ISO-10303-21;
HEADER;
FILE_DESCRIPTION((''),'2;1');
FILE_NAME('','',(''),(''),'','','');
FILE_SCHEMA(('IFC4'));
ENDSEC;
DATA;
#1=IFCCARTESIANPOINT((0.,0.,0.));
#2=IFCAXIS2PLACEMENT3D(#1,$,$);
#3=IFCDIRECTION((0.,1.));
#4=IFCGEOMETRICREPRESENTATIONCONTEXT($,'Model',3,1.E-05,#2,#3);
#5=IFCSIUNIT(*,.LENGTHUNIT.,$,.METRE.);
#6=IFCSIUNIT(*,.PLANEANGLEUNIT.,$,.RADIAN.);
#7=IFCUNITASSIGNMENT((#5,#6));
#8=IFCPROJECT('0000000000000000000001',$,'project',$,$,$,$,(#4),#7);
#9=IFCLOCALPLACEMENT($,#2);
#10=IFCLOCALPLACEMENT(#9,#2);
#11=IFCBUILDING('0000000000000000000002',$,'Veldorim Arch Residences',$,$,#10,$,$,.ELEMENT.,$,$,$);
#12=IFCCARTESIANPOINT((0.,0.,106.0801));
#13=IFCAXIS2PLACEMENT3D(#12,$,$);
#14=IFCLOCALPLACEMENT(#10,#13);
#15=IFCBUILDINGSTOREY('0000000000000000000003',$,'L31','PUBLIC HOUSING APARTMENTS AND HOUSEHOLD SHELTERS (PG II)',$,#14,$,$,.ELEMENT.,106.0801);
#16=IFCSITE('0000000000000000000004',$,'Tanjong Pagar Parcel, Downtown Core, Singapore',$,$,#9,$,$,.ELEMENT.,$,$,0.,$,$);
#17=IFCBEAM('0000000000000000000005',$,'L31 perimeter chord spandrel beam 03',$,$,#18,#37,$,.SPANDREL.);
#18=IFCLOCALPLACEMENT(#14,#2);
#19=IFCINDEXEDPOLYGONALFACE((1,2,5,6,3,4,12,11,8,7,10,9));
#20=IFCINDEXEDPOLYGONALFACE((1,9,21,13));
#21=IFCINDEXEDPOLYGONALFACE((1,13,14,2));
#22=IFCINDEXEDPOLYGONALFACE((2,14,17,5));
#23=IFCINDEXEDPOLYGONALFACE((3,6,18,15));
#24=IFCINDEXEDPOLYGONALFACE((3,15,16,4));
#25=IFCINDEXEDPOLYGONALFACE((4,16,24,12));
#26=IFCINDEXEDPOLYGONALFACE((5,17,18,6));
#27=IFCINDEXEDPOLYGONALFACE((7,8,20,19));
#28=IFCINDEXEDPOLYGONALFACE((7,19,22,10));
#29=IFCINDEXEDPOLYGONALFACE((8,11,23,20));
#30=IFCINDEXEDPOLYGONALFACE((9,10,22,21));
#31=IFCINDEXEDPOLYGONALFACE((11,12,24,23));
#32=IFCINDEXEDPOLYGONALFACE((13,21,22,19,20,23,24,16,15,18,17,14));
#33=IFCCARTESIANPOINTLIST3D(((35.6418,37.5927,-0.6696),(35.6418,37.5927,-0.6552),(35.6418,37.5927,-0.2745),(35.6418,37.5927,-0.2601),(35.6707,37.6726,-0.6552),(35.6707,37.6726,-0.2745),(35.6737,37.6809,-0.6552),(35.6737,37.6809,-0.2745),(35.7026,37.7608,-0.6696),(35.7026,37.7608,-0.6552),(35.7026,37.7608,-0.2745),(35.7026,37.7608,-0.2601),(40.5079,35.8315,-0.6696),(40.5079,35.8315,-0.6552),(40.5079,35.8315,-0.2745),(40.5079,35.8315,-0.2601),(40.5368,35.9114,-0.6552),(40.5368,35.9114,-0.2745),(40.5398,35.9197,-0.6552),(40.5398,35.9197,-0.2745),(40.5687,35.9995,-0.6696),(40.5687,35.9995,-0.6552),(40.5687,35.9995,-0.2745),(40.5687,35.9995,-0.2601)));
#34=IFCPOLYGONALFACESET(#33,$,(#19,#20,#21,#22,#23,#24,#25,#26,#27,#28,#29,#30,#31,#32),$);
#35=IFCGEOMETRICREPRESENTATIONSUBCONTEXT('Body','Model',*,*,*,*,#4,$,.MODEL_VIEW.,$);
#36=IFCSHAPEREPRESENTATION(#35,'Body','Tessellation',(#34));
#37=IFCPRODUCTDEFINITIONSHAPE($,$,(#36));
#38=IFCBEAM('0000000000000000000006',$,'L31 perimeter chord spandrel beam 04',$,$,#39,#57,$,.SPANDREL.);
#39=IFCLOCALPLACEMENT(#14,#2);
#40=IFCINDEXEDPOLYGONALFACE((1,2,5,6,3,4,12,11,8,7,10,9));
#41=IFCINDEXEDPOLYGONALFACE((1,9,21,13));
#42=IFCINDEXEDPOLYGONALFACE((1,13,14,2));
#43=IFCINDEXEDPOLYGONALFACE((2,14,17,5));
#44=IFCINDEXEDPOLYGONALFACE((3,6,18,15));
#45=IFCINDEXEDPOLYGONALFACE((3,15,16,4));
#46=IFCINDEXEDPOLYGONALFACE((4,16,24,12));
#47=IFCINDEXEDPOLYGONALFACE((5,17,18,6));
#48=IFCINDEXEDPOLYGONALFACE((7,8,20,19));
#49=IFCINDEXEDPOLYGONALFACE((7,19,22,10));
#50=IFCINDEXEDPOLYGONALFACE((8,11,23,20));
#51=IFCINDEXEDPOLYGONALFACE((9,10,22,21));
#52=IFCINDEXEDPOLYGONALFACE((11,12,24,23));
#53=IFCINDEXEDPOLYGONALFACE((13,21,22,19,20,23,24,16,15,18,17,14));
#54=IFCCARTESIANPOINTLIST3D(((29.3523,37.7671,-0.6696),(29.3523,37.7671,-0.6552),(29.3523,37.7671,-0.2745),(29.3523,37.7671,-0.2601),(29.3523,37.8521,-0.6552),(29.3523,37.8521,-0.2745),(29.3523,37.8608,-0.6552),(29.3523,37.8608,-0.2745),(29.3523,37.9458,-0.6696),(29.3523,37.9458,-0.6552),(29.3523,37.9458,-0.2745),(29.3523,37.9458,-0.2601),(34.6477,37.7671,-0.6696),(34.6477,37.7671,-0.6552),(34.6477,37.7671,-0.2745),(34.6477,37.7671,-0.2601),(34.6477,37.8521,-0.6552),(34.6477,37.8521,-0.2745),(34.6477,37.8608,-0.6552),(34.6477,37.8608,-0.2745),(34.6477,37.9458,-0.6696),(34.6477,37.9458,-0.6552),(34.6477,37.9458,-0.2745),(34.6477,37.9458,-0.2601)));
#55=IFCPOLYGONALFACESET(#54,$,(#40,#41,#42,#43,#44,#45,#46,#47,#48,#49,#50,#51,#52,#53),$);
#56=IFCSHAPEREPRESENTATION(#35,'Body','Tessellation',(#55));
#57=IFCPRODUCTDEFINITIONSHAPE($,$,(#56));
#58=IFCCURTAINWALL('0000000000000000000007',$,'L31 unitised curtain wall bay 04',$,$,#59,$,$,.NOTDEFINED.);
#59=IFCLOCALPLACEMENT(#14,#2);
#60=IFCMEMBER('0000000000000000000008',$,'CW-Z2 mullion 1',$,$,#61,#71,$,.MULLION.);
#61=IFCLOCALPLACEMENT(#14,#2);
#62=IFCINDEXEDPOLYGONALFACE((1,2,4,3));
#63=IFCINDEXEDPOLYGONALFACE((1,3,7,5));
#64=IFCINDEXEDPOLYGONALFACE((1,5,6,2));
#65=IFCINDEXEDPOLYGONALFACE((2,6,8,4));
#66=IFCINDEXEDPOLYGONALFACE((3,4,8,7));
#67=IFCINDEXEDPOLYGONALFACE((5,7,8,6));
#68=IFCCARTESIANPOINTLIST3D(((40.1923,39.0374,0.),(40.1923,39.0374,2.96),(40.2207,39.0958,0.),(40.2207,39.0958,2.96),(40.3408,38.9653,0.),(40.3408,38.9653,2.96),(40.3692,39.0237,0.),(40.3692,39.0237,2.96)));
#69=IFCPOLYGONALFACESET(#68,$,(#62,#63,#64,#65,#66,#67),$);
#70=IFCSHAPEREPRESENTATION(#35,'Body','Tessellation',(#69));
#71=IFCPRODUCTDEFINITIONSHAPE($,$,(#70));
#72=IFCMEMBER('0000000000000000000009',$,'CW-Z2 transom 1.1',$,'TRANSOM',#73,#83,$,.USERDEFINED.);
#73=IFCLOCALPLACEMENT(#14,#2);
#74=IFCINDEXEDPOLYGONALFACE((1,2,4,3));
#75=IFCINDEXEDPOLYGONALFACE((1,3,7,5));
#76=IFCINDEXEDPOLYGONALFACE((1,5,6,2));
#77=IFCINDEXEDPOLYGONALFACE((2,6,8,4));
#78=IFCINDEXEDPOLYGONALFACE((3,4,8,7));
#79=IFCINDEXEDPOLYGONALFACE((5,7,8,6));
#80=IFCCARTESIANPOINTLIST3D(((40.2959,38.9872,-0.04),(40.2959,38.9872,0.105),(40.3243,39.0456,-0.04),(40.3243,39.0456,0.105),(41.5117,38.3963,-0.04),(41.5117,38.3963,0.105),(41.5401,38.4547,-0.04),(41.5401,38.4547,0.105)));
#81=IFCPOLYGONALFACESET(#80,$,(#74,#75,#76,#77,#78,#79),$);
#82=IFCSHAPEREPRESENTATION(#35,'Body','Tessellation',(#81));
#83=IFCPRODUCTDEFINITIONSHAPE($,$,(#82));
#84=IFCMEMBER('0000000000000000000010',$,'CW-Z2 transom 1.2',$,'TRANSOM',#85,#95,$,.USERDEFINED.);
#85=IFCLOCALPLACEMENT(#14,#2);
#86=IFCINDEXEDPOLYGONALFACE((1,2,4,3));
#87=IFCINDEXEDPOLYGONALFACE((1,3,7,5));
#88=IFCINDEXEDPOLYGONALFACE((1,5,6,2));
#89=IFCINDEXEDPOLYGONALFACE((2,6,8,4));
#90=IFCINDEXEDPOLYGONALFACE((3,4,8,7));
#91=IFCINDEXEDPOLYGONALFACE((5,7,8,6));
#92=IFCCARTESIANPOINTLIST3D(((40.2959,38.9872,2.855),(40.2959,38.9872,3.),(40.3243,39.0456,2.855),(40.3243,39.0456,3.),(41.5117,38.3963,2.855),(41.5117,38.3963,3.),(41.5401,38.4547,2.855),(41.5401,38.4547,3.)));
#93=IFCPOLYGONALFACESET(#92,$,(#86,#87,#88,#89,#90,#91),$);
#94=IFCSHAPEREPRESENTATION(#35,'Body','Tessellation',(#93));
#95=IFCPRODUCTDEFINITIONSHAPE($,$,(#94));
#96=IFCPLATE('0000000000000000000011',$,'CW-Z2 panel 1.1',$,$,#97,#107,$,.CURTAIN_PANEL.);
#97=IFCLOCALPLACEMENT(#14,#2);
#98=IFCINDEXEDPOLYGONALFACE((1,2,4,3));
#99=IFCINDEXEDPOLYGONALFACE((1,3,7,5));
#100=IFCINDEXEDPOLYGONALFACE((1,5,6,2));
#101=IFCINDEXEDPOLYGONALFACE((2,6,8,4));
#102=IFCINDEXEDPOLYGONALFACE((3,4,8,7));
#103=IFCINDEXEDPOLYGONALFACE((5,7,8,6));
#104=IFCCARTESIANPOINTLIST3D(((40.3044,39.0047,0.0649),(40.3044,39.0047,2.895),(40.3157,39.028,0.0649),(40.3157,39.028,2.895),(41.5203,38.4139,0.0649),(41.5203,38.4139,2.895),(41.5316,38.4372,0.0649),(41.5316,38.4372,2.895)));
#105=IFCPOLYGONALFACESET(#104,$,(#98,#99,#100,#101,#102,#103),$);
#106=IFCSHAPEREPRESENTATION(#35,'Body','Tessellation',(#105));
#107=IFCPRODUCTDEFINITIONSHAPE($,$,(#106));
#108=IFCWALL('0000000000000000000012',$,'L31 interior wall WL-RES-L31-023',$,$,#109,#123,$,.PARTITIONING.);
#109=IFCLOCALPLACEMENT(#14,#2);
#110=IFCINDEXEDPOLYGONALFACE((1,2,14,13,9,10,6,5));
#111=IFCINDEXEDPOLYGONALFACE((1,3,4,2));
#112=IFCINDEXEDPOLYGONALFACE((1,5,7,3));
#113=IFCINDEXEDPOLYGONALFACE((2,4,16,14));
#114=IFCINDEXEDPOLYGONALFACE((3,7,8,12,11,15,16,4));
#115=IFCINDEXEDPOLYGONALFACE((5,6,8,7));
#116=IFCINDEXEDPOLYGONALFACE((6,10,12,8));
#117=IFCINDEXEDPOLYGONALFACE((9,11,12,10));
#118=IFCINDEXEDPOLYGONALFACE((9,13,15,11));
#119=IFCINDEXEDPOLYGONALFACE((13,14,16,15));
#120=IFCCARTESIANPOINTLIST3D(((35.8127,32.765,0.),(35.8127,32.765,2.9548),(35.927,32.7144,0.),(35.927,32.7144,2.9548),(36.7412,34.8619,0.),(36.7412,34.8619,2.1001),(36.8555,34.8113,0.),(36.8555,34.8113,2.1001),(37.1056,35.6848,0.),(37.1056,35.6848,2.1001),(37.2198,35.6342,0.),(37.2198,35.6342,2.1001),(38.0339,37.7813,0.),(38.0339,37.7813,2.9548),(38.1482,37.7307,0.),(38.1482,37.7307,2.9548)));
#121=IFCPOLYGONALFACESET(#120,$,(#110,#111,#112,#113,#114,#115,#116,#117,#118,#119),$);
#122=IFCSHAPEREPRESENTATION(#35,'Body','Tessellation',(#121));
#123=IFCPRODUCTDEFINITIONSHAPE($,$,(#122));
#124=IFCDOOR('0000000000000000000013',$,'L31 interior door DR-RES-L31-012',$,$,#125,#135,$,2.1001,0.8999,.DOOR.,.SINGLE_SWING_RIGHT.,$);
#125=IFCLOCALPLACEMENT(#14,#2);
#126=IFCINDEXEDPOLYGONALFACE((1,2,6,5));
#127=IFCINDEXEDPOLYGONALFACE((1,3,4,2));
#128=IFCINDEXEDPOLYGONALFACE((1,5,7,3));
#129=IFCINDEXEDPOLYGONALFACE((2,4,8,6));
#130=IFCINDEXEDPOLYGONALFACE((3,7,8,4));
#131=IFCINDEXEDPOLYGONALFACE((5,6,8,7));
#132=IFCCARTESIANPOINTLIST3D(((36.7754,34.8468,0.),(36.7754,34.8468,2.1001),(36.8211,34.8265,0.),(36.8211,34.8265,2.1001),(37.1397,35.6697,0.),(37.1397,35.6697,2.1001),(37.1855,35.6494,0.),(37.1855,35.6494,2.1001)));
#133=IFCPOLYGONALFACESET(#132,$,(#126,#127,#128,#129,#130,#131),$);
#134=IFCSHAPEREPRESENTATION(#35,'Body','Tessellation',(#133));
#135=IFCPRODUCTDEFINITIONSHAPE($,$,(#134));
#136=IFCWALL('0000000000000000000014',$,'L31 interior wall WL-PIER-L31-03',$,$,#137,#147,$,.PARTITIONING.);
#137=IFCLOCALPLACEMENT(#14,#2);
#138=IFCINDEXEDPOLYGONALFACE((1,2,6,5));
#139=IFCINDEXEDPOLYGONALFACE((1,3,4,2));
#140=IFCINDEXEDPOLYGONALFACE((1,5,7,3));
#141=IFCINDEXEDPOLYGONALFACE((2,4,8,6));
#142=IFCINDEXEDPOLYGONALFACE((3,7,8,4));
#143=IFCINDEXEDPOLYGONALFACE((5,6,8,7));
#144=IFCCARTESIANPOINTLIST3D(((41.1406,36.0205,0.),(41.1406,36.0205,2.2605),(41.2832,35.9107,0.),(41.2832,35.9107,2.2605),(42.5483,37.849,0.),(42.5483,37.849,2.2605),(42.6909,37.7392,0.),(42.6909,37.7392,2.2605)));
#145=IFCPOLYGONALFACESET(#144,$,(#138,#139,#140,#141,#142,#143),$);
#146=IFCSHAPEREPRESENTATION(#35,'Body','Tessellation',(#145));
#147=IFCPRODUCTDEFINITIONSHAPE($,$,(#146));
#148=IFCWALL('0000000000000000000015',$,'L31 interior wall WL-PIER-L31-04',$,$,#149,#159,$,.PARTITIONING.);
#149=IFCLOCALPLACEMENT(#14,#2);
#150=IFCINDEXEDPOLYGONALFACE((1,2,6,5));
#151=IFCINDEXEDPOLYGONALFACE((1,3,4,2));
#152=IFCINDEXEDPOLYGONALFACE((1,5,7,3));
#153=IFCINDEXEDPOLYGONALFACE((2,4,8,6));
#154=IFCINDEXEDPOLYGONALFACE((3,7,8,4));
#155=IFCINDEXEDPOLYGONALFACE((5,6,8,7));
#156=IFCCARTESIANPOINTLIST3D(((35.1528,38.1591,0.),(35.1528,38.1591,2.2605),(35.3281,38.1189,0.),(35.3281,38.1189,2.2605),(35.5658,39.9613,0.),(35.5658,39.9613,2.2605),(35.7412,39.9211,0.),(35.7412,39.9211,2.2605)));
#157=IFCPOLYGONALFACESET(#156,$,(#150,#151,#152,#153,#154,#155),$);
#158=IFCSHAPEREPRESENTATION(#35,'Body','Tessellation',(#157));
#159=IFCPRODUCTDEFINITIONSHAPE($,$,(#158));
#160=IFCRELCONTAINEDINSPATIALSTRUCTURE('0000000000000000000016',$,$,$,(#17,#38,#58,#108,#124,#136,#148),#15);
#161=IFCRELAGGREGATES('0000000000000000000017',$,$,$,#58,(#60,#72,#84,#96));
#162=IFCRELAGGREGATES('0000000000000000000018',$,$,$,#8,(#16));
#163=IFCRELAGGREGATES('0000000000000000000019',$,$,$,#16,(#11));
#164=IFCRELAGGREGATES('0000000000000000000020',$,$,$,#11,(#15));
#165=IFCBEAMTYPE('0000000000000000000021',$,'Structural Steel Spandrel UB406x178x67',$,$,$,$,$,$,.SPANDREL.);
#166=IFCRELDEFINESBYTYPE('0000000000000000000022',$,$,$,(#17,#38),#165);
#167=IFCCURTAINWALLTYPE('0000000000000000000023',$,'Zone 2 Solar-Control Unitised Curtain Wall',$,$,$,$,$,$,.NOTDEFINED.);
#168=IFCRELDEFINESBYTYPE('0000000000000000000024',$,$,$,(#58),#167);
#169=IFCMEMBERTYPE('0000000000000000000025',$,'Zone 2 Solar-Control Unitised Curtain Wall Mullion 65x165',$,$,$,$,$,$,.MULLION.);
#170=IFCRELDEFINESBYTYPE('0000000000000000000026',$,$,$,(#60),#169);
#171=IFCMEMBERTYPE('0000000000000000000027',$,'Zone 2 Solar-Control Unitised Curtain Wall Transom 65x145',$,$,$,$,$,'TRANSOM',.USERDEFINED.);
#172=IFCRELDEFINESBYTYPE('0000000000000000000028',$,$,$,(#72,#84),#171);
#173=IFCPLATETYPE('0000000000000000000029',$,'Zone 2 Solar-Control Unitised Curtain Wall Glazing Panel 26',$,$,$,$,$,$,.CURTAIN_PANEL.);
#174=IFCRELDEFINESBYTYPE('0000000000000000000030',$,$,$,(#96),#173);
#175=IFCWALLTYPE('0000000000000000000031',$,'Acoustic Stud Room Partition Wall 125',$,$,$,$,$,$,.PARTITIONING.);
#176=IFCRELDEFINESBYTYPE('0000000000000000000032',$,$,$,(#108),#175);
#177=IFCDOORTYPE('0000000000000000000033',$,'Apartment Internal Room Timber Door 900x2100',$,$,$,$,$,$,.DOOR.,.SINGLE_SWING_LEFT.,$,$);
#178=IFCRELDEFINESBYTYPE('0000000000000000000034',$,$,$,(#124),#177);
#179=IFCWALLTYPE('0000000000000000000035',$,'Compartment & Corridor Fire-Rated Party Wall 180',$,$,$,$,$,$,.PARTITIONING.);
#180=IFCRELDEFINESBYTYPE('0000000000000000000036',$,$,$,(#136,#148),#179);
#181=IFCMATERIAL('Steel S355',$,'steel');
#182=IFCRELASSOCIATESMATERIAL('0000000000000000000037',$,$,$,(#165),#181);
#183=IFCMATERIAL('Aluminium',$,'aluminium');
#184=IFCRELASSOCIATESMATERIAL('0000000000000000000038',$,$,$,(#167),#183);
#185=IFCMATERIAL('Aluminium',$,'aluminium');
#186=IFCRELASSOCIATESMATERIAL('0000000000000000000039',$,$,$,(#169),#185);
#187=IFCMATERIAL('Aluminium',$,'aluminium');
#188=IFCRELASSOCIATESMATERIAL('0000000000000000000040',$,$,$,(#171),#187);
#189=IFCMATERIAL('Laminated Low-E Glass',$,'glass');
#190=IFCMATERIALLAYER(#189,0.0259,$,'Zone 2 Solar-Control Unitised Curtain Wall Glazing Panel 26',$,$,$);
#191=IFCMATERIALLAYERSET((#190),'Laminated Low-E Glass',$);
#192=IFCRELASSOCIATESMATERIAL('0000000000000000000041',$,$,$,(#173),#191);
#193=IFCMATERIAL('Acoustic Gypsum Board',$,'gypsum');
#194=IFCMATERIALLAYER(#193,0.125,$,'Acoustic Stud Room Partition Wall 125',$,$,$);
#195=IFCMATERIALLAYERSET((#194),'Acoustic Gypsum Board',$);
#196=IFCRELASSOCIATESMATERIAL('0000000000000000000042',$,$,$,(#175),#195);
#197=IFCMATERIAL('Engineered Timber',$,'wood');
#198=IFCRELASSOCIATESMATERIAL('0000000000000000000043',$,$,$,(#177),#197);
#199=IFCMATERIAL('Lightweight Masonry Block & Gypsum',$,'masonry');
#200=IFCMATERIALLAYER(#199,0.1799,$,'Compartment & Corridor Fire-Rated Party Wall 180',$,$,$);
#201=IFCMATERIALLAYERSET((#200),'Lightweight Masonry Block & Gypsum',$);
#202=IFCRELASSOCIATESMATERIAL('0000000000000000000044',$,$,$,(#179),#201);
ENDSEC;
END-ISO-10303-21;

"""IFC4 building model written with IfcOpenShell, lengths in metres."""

from ifc_helpers import new_model, si_unit, direction, frame, frame_2d, origin, origin_2d, place, context, subcontext, project, spatial, rectangle, i_section, extrude, material, layer, layer_set, material_profile, profile_set, type_object, element, fill, aggregate, save


model = new_model("IFC4")

# Units and contexts
model_context = context("Model", 3, precision=1e-05, world=origin(), true_north=direction((0.0, 1.0)))
body_context = subcontext(model_context, "Body", "Model", "MODEL_VIEW")
ifc_project = project(units=[si_unit("LENGTHUNIT", "METRE"), si_unit("PLANEANGLEUNIT", "RADIAN")], contexts=[model_context])

# Site, building, storey
site_placement = place(None, origin())
site = spatial("IfcSite", under=ifc_project, at=site_placement, Name="Tanjong Pagar Parcel, Downtown Core, Singapore", CompositionType="ELEMENT", RefElevation=0.0)
building_placement = place(site_placement, origin())
building = spatial("IfcBuilding", under=site, at=building_placement, Name="Veldorim Arch Residences", CompositionType="ELEMENT")
storey_placement = place(building_placement, frame((0.0, 0.0, 106.0801)))
storey = spatial("IfcBuildingStorey", under=building, at=storey_placement, Name="L31", Description="PUBLIC HOUSING APARTMENTS AND HOUSEHOLD SHELTERS (PG II)", CompositionType="ELEMENT", Elevation=106.0801)

# Beams
ifc_material_1 = material(Name="Steel S355", Category="steel")
ifc_material_profile_1 = material_profile(ifc_material_1, i_section(OverallWidth=0.1787, OverallDepth=0.4094, WebThickness=0.0088, FlangeThickness=0.0144, at=origin_2d()), Name="UB406x178x67")
ifc_profile_set_1 = profile_set([ifc_material_profile_1], Name="Steel S355")
beam_type_1 = type_object("IfcBeamType", Name="Structural Steel Spandrel UB406x178x67", PredefinedType="SPANDREL", material=ifc_profile_set_1)
beam_1_placement = place(storey_placement, frame((40.5383, 35.9155, -0.4648), z_axis=(-0.940308, 0.340326, 0.0), x_axis=(-0.340326, -0.940308, 0.0)))
element("IfcBeam", 1, at=beam_1_placement, inside=storey, type_object=beam_type_1, Name="L31 perimeter chord spandrel beam 03", PredefinedType="SPANDREL", context=body_context, shape_type="SweptSolid", body=[
    extrude(i_section(OverallWidth=0.1787, OverallDepth=0.4094, WebThickness=0.0088, FlangeThickness=0.0144, at=origin_2d()), origin(), (0.0, 0.0, 1.0), 5.175),
])
beam_2_placement = place(storey_placement, frame((34.6477, 37.8564, -0.4648), z_axis=(-1.0, 0.0, 0.0), x_axis=(0.0, -1.0, 0.0)))
element("IfcBeam", 2, at=beam_2_placement, inside=storey, type_object=beam_type_1, Name="L31 perimeter chord spandrel beam 04", PredefinedType="SPANDREL", context=body_context, shape_type="SweptSolid", body=[
    extrude(i_section(OverallWidth=0.1787, OverallDepth=0.4094, WebThickness=0.0088, FlangeThickness=0.0144, at=origin_2d()), origin(), (0.0, 0.0, 1.0), 5.2954),
])

# Curtain wall, members, plate
ifc_material_2 = material(Name="Aluminium", Category="aluminium")
curtain_wall_type = type_object("IfcCurtainWallType", Name="Zone 2 Solar-Control Unitised Curtain Wall", PredefinedType="NOTDEFINED", material=ifc_material_2)
curtain_wall_placement = place(storey_placement, origin())
curtain_wall = element("IfcCurtainWall", 3, at=curtain_wall_placement, inside=storey, type_object=curtain_wall_type, Name="L31 unitised curtain wall bay 04", PredefinedType="NOTDEFINED")
ifc_material_3 = material(Name="Aluminium", Category="aluminium")
ifc_material_profile_2 = material_profile(ifc_material_3, rectangle(XDim=0.0649, YDim=0.165, at=origin_2d()), Name="ALU_MUL_65x165")
ifc_profile_set_2 = profile_set([ifc_material_profile_2], Name="Aluminium")
member_type_1 = type_object("IfcMemberType", Name="Zone 2 Solar-Control Unitised Curtain Wall Mullion 65x165", PredefinedType="MULLION", material=ifc_profile_set_2)
member_1_placement = place(storey_placement, frame((40.2808, 39.0305, 0.0), z_axis=(0.0, 0.0, 1.0), x_axis=(0.437, 0.899462, 0.0)))
member_1 = element("IfcMember", 4, at=member_1_placement, type_object=member_type_1, Name="CW-Z2 mullion 1", PredefinedType="MULLION", context=body_context, shape_type="SweptSolid", body=[
    extrude(rectangle(XDim=0.0649, YDim=0.165, at=origin_2d()), origin(), (0.0, 0.0, 1.0), 2.96),
])
ifc_material_4 = material(Name="Aluminium", Category="aluminium")
ifc_material_profile_3 = material_profile(ifc_material_4, rectangle(XDim=0.0649, YDim=0.145, at=origin_2d()), Name="ALU_TRN_65x145")
ifc_profile_set_3 = profile_set([ifc_material_profile_3], Name="Aluminium")
member_type_2 = type_object("IfcMemberType", Name="Zone 2 Solar-Control Unitised Curtain Wall Transom 65x145", ElementType="TRANSOM", PredefinedType="USERDEFINED", material=ifc_profile_set_3)
member_2_placement = place(storey_placement, frame((40.3101, 39.0164, 0.0325), z_axis=(0.899427, -0.437071, 0.0), x_axis=(0.437071, 0.899427, 0.0)))
member_2 = element("IfcMember", 5, at=member_2_placement, type_object=member_type_2, Name="CW-Z2 transom 1.1", ObjectType="TRANSOM", PredefinedType="USERDEFINED", context=body_context, shape_type="SweptSolid", body=[
    extrude(rectangle(XDim=0.0649, YDim=0.145, at=origin_2d()), origin(), (0.0, 0.0, 1.0), 1.3518),
])
member_3_placement = place(storey_placement, frame((40.3101, 39.0164, 2.9275), z_axis=(0.899427, -0.437071, 0.0), x_axis=(0.437071, 0.899427, 0.0)))
member_3 = element("IfcMember", 6, at=member_3_placement, type_object=member_type_2, Name="CW-Z2 transom 1.2", ObjectType="TRANSOM", PredefinedType="USERDEFINED", context=body_context, shape_type="SweptSolid", body=[
    extrude(rectangle(XDim=0.0649, YDim=0.145, at=origin_2d()), origin(), (0.0, 0.0, 1.0), 1.3518),
])
ifc_material_5 = material(Name="Laminated Low-E Glass", Category="glass")
ifc_layer_1 = layer(ifc_material_5, 0.0259, Name="Zone 2 Solar-Control Unitised Curtain Wall Glazing Panel 26")
ifc_layer_set_1 = layer_set([ifc_layer_1], Name="Laminated Low-E Glass")
plate_type = type_object("IfcPlateType", Name="Zone 2 Solar-Control Unitised Curtain Wall Glazing Panel 26", PredefinedType="CURTAIN_PANEL", material=ifc_layer_set_1)
plate_placement = place(storey_placement, frame((40.918, 38.7209, 0.0649), z_axis=(0.0, 0.0, 1.0), x_axis=(0.899462, -0.437, 0.0)))
plate = element("IfcPlate", 7, at=plate_placement, type_object=plate_type, Name="CW-Z2 panel 1.1", PredefinedType="CURTAIN_PANEL", context=body_context, shape_type="SweptSolid", body=[
    extrude(rectangle(XDim=1.3518, YDim=0.0259, at=origin_2d()), origin(), (0.0, 0.0, 1.0), 2.8301),
])
aggregate(curtain_wall, [member_1, member_2, member_3, plate])

# Wall, opening, door
ifc_material_6 = material(Name="Acoustic Gypsum Board", Category="gypsum")
ifc_layer_2 = layer(ifc_material_6, 0.125, Name="Acoustic Stud Room Partition Wall 125")
ifc_layer_set_2 = layer_set([ifc_layer_2], Name="Acoustic Gypsum Board")
wall_type_1 = type_object("IfcWallType", Name="Acoustic Stud Room Partition Wall 125", PredefinedType="PARTITIONING", material=ifc_layer_set_2)
wall_1_placement = place(storey_placement, frame((38.0911, 37.7561, 0.0), z_axis=(0.0, 0.0, 1.0), x_axis=(-0.404875, -0.914372, 0.0)))
wall_1 = element("IfcWall", 8, at=wall_1_placement, inside=storey, type_object=wall_type_1, Name="L31 interior wall WL-RES-L31-023", PredefinedType="PARTITIONING", context=body_context, shape_type="SweptSolid", body=[
    extrude(rectangle(XDim=5.4861, YDim=0.125, at=frame_2d((2.7432, 0.0))), origin(), (0.0, 0.0, 1.0), 2.9548),
])
opening_1_placement = place(wall_1_placement, frame((2.293, 0.0, 0.0)))
opening_1 = element("IfcOpeningElement", 9, at=opening_1_placement, cuts=wall_1, PredefinedType="OPENING", context=body_context, shape_type="SweptSolid", body=[
    extrude(rectangle(XDim=0.8999, YDim=2.1001, at=frame_2d((0.45, 1.05))), frame((0.0, 0.0725, 0.0), z_axis=(0.0, -1.0, 0.0), x_axis=(1.0, 0.0, 0.0)), (0.0, 0.0, 1.0), 0.145),
])
ifc_material_7 = material(Name="Engineered Timber", Category="wood")
door_type_1 = type_object("IfcDoorType", Name="Apartment Internal Room Timber Door 900x2100", OperationType="SINGLE_SWING_LEFT", PredefinedType="DOOR", material=ifc_material_7)
door_1_placement = place(opening_1_placement, origin())
door_1 = element("IfcDoor", 10, at=door_1_placement, inside=storey, type_object=door_type_1, Name="L31 interior door DR-RES-L31-012", OperationType="SINGLE_SWING_RIGHT", OverallHeight=2.1001, OverallWidth=0.8999, PredefinedType="DOOR", context=body_context, shape_type="SweptSolid", body=[
    extrude(rectangle(XDim=0.8999, YDim=2.1001, at=frame_2d((0.45, 1.05))), frame((0.0, 0.0249, 0.0), z_axis=(0.0, -1.0, 0.0), x_axis=(1.0, 0.0, 0.0)), (0.0, 0.0, 1.0), 0.05),
])
fill(opening_1, door_1)

# Walls
ifc_material_8 = material(Name="Lightweight Masonry Block & Gypsum", Category="masonry")
ifc_layer_3 = layer(ifc_material_8, 0.1799, Name="Compartment & Corridor Fire-Rated Party Wall 180")
ifc_layer_set_3 = layer_set([ifc_layer_3], Name="Lightweight Masonry Block & Gypsum")
wall_type_2 = type_object("IfcWallType", Name="Compartment & Corridor Fire-Rated Party Wall 180", PredefinedType="PARTITIONING", material=ifc_layer_set_3)
wall_2_placement = place(storey_placement, frame((41.2119, 35.9656, 0.0), z_axis=(0.0, 0.0, 1.0), x_axis=(0.610007, 0.792396, 0.0)))
element("IfcWall", 11, at=wall_2_placement, inside=storey, type_object=wall_type_2, Name="L31 interior wall WL-PIER-L31-03", PredefinedType="PARTITIONING", context=body_context, shape_type="SweptSolid", body=[
    extrude(rectangle(XDim=2.3076, YDim=0.1799, at=frame_2d((1.1538, 0.0))), origin(), (0.0, 0.0, 1.0), 2.2605),
])
wall_3_placement = place(storey_placement, frame((35.2405, 38.1392, 0.0), z_axis=(0.0, 0.0, 1.0), x_axis=(0.223413, 0.974724, 0.0)))
element("IfcWall", 12, at=wall_3_placement, inside=storey, type_object=wall_type_2, Name="L31 interior wall WL-PIER-L31-04", PredefinedType="PARTITIONING", context=body_context, shape_type="SweptSolid", body=[
    extrude(rectangle(XDim=1.8489, YDim=0.1799, at=frame_2d((0.9243, 0.0))), origin(), (0.0, 0.0, 1.0), 2.2605),
])

save(model, "model.ifc")
